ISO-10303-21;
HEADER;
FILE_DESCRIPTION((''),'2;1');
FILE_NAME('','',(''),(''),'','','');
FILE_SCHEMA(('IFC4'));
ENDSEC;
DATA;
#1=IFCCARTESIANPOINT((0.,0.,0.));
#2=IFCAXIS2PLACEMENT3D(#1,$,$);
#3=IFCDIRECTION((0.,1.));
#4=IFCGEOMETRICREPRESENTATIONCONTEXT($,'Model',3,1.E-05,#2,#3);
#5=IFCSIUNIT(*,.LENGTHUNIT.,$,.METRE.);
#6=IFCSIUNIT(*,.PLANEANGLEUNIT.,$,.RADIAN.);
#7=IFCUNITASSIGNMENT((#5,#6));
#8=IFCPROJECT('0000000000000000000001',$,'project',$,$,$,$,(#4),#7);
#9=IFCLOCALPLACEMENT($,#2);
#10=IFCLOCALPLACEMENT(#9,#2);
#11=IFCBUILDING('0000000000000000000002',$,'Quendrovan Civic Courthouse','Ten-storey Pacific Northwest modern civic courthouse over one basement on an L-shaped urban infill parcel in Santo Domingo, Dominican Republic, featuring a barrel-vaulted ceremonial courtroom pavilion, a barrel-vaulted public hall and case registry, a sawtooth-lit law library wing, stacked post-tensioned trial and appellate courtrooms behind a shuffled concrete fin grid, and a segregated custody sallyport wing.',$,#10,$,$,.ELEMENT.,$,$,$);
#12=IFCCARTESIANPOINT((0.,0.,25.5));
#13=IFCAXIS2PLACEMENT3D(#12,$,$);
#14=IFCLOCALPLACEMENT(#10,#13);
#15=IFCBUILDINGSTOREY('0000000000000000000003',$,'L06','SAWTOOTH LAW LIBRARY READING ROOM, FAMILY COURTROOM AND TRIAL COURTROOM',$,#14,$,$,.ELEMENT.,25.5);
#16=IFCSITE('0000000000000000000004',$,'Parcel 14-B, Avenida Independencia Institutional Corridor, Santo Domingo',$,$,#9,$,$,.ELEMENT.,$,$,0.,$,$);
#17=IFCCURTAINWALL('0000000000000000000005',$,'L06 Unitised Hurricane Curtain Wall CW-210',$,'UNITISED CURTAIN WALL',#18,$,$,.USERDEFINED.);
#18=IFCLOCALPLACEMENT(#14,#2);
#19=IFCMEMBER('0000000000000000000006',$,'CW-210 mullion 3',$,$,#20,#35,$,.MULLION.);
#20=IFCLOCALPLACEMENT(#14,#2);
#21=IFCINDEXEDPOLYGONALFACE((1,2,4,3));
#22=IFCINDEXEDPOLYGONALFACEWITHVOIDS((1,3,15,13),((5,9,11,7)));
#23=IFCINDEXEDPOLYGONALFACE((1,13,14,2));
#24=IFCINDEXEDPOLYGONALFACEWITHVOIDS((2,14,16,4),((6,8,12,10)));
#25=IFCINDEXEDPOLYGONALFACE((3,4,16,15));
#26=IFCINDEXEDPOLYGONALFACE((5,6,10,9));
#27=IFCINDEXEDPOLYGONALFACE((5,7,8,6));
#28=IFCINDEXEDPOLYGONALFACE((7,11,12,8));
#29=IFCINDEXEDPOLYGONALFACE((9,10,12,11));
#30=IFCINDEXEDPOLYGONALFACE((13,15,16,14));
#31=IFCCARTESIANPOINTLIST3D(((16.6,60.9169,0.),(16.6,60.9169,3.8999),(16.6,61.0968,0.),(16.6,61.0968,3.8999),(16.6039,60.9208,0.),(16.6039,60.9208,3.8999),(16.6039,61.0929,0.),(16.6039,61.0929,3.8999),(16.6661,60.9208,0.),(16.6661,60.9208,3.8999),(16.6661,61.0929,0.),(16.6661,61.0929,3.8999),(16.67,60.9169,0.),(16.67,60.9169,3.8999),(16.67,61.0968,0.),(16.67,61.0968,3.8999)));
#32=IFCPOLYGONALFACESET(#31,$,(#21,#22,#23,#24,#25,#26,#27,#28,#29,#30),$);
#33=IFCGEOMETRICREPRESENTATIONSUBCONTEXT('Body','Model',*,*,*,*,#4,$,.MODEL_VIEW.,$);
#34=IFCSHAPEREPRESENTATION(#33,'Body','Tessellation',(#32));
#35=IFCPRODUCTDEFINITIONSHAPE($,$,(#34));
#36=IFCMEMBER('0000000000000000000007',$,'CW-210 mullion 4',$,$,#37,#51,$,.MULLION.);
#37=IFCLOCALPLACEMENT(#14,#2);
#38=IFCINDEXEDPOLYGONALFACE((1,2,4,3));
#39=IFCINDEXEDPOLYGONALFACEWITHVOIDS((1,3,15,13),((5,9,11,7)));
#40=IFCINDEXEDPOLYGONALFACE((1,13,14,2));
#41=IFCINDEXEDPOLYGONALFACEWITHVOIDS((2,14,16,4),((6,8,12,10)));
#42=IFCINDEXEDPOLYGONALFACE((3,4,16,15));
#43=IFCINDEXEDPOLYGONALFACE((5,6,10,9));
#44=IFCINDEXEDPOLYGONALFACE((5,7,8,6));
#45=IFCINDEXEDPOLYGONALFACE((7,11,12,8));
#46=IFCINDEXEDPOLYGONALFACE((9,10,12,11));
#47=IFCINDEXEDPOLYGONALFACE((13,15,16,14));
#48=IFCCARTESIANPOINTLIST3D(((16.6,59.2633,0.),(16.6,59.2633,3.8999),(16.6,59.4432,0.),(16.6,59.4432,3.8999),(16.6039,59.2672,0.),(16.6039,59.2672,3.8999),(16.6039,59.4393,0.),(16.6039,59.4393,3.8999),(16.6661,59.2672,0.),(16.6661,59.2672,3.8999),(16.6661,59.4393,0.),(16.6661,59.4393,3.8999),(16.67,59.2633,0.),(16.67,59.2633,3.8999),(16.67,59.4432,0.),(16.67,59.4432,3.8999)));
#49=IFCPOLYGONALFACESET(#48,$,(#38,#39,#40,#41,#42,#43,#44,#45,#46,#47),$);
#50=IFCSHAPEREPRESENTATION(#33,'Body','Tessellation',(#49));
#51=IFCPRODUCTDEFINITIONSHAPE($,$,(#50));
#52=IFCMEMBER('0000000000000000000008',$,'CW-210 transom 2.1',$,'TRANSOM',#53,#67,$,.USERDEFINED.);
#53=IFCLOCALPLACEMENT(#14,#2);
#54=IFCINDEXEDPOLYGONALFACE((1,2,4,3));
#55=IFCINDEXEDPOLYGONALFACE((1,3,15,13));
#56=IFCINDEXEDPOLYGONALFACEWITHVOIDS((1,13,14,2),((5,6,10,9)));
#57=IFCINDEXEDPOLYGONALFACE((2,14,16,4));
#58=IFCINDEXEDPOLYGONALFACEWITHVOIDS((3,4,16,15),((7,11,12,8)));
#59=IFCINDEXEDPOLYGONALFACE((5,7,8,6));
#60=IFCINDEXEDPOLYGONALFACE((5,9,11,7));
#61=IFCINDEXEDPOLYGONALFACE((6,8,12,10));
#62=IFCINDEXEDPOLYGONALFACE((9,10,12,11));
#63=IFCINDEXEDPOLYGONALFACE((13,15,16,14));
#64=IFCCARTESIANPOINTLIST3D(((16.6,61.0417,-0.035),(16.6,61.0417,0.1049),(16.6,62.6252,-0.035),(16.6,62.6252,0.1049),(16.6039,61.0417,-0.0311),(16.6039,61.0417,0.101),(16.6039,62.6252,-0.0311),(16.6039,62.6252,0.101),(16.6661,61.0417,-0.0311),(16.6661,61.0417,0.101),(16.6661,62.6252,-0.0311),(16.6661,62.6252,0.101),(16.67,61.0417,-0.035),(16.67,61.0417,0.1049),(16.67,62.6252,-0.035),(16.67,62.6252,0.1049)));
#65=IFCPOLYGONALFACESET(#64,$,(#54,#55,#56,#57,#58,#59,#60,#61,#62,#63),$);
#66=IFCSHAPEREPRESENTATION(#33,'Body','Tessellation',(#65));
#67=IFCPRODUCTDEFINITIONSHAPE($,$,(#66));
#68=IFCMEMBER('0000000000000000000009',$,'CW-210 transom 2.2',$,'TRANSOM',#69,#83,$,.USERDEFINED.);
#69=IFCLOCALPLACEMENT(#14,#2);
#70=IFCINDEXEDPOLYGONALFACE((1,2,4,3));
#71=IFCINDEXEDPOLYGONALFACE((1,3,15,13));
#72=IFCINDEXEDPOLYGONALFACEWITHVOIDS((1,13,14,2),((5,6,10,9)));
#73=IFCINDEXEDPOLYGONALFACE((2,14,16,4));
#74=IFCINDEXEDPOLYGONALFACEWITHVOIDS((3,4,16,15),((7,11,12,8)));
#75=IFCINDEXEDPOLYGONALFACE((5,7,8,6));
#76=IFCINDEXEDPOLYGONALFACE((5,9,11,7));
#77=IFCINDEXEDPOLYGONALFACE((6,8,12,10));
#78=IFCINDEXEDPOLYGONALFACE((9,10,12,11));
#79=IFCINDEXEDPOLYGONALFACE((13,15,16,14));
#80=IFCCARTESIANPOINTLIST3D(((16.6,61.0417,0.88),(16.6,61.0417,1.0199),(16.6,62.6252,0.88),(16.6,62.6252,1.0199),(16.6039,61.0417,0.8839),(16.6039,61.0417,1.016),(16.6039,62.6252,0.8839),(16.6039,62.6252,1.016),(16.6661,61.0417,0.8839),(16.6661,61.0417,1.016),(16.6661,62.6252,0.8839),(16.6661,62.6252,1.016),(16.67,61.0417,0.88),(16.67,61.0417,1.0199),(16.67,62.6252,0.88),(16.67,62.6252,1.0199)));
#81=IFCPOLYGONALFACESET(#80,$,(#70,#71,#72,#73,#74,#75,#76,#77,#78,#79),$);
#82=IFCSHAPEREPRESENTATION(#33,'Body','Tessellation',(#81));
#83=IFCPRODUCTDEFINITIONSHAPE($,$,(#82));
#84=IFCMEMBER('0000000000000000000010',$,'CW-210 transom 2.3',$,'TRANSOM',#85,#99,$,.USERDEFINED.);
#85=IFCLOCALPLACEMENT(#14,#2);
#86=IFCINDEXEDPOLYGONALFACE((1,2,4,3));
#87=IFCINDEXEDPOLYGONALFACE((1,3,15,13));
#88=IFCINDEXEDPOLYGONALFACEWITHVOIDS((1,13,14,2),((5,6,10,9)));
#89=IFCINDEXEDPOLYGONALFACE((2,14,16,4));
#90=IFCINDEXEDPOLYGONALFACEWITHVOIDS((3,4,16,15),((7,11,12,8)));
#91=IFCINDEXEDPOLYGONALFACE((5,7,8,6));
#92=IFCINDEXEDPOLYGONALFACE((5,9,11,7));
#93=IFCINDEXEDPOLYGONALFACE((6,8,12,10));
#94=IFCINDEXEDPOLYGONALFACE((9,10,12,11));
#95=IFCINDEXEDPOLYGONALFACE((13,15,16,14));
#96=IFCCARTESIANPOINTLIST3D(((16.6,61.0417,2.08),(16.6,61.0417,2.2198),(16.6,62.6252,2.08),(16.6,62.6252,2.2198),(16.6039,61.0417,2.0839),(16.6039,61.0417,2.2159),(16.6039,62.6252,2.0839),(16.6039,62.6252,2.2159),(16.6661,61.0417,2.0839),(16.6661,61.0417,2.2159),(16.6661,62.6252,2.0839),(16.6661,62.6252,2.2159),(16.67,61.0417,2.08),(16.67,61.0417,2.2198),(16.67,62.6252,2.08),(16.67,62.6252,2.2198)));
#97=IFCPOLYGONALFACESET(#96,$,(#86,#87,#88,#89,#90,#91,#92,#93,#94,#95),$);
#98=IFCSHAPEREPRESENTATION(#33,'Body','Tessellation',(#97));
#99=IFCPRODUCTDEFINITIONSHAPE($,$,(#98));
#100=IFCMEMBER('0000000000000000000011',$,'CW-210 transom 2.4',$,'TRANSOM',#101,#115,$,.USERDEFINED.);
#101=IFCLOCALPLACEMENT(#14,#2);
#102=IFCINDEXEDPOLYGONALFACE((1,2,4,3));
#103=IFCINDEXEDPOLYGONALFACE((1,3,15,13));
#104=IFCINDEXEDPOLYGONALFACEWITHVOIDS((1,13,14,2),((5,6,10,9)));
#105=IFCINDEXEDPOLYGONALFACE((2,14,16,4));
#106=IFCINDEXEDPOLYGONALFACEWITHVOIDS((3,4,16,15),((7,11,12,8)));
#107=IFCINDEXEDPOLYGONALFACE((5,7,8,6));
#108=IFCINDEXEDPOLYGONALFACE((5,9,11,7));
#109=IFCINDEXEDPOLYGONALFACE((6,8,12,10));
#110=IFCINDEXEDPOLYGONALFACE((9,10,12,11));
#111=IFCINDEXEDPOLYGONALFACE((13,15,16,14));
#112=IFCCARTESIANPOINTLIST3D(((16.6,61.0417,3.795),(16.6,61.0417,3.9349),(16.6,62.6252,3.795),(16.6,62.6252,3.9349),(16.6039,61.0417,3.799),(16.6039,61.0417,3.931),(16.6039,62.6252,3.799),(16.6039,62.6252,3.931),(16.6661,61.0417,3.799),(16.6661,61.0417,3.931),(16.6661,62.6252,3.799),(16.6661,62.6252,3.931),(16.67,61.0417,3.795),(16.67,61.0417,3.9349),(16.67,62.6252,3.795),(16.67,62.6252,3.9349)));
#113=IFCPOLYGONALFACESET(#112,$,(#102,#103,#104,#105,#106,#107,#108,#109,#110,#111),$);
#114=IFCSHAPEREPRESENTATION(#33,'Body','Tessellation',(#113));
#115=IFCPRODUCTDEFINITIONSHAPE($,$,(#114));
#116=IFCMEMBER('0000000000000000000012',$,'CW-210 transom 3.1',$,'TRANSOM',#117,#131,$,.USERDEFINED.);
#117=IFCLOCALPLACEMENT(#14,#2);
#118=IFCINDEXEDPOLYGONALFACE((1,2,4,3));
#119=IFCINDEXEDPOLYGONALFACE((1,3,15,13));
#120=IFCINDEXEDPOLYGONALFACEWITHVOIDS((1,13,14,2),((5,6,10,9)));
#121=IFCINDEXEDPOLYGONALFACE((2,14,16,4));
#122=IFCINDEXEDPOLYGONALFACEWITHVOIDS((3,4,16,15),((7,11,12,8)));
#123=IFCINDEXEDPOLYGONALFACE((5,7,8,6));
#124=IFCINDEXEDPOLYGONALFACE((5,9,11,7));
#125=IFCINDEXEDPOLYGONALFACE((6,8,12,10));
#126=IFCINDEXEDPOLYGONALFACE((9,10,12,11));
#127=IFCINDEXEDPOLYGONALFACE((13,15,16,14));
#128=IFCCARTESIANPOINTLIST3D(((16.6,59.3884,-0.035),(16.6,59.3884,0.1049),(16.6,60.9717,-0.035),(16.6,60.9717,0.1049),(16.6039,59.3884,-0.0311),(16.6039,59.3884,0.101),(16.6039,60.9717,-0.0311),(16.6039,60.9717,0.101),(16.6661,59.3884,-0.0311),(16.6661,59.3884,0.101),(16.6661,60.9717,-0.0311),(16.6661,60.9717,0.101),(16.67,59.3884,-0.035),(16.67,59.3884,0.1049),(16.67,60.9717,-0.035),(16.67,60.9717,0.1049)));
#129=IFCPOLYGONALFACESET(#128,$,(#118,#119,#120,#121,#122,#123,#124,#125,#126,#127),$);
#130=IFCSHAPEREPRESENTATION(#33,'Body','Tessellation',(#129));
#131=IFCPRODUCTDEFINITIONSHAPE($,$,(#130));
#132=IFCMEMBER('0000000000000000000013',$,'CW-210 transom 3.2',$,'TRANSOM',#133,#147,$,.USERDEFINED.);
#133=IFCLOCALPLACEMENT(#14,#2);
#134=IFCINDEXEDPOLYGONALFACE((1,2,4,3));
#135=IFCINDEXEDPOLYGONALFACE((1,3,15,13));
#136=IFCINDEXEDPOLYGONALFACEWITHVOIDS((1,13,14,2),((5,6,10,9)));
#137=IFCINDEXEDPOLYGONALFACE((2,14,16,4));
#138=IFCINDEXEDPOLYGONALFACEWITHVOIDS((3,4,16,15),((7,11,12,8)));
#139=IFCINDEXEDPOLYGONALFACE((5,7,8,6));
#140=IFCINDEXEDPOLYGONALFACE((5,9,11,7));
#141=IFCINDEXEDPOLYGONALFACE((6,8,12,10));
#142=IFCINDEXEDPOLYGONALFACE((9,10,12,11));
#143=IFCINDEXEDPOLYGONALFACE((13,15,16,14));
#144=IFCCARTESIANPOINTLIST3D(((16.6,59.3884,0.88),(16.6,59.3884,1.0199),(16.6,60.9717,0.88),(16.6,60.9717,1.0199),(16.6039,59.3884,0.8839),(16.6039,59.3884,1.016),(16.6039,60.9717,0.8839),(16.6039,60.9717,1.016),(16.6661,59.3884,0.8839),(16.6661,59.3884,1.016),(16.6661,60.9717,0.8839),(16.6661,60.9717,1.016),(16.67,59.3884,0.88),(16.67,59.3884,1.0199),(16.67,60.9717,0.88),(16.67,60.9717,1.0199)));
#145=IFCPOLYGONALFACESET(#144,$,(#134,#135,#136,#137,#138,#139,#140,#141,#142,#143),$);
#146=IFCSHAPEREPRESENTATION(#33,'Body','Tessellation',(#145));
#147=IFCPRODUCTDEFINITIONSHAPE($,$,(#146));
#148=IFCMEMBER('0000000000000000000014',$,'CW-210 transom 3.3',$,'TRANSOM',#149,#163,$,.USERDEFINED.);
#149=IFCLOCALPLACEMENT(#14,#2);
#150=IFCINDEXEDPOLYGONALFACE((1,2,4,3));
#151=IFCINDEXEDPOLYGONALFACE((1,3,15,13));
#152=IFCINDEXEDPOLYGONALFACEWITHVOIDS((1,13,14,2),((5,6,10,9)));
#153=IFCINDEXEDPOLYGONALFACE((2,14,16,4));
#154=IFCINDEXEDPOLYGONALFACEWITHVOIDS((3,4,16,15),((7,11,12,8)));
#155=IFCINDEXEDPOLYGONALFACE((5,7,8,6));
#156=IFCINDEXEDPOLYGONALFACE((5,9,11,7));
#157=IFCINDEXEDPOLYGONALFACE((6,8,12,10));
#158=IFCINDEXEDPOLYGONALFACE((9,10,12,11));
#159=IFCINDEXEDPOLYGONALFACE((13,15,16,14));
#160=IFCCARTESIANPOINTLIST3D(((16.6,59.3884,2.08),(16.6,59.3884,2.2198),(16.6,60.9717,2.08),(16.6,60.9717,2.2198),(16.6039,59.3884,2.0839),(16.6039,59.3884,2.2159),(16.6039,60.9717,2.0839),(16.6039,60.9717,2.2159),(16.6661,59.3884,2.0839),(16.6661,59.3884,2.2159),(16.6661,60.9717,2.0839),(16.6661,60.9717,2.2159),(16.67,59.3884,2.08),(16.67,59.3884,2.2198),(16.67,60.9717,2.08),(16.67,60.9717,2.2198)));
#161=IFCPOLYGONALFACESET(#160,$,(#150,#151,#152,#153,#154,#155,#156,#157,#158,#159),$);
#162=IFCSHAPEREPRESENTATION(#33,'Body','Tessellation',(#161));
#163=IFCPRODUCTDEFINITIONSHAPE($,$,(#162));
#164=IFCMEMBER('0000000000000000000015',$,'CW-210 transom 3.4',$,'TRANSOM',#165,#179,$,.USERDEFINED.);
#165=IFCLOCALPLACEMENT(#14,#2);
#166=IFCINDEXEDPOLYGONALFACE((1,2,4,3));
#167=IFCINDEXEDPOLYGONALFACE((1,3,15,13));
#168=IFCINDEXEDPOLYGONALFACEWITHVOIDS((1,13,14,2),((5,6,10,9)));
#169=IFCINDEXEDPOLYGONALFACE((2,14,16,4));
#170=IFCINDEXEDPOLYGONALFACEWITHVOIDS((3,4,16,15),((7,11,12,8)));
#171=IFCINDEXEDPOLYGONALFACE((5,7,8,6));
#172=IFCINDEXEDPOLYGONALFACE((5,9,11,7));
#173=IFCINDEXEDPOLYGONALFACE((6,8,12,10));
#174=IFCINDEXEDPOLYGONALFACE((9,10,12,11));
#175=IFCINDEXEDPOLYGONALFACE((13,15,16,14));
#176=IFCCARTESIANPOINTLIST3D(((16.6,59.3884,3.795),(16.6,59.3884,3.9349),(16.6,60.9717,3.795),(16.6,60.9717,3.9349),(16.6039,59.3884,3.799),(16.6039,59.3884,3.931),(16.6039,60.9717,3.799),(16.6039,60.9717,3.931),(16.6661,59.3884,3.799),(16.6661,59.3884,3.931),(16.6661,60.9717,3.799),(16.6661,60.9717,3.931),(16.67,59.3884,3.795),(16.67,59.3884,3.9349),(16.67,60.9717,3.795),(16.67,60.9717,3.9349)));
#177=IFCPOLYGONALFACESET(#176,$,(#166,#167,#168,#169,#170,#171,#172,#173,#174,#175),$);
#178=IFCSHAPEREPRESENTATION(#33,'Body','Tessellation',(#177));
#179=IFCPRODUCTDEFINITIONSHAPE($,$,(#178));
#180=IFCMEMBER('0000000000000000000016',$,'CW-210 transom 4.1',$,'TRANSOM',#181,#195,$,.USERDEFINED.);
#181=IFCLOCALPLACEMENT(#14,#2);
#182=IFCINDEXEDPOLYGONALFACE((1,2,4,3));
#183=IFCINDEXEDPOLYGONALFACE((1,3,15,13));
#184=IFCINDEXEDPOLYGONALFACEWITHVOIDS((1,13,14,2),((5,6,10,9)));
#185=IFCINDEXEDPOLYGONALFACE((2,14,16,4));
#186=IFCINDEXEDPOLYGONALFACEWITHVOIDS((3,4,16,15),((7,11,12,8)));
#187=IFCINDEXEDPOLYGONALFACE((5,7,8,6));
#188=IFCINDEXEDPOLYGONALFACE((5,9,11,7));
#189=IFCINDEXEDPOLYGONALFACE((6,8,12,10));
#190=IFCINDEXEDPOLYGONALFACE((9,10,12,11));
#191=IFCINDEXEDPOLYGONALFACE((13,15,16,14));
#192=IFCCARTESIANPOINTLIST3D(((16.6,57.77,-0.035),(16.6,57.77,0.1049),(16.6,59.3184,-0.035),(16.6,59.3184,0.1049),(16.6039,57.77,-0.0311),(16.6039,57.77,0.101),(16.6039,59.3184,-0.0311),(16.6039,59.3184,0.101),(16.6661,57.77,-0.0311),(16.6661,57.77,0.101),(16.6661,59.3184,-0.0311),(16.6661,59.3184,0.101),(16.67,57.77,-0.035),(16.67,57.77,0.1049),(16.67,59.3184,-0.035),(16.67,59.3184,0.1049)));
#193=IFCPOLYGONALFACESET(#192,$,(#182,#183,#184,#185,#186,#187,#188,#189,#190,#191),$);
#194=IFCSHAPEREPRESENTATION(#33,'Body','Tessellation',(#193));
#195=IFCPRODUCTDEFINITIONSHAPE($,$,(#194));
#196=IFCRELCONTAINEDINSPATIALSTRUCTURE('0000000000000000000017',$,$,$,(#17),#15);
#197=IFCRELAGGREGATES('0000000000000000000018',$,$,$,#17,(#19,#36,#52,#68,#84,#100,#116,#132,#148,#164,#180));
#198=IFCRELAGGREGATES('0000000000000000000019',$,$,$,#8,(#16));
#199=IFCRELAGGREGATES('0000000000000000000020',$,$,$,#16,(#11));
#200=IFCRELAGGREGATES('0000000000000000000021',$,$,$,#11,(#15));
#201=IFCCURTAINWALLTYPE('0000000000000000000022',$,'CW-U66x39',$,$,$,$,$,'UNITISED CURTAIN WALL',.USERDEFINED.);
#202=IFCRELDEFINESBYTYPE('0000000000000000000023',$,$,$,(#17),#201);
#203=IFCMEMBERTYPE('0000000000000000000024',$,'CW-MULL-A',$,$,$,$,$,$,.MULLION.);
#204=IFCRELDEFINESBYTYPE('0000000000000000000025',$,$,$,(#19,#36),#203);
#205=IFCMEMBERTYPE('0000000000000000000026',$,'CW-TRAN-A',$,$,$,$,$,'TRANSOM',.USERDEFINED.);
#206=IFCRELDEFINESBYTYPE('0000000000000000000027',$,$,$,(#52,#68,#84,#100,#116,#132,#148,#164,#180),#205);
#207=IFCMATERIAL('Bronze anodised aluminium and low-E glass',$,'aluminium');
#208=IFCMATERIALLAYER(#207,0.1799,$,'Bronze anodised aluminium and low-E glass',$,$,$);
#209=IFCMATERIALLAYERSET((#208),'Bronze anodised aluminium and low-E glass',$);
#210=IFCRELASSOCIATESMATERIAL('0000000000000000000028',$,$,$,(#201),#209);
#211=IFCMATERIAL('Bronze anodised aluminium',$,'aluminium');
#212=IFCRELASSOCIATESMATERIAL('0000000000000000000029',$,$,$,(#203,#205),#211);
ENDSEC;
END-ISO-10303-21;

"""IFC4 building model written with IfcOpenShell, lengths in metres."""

from ifc_helpers import new_model, si_unit, direction, frame, origin, origin_2d, place, context, subcontext, project, spatial, hollow_rectangle, extrude, material, layer, layer_set, material_profile, profile_set, type_object, element, aggregate, save


model = new_model("IFC4")

# Units and contexts
model_context = context("Model", 3, precision=1e-05, world=origin(), true_north=direction((0.0, 1.0)))
body_context = subcontext(model_context, "Body", "Model", "MODEL_VIEW")
ifc_project = project(units=[si_unit("LENGTHUNIT", "METRE"), si_unit("PLANEANGLEUNIT", "RADIAN")], contexts=[model_context])

# Site, building, storey
site_placement = place(None, origin())
site = spatial("IfcSite", under=ifc_project, at=site_placement, Name="Parcel 14-B, Avenida Independencia Institutional Corridor, Santo Domingo", CompositionType="ELEMENT", RefElevation=0.0)
building_placement = place(site_placement, origin())
building = spatial("IfcBuilding", under=site, at=building_placement, Name="Quendrovan Civic Courthouse", Description="Ten-storey Pacific Northwest modern civic courthouse over one basement on an L-shaped urban infill parcel in Santo Domingo, Dominican Republic, featuring a barrel-vaulted ceremonial courtroom pavilion, a barrel-vaulted public hall and case registry, a sawtooth-lit law library wing, stacked post-tensioned trial and appellate courtrooms behind a shuffled concrete fin grid, and a segregated custody sallyport wing.", CompositionType="ELEMENT")
storey_placement = place(building_placement, frame((0.0, 0.0, 25.5)))
storey = spatial("IfcBuildingStorey", under=building, at=storey_placement, Name="L06", Description="SAWTOOTH LAW LIBRARY READING ROOM, FAMILY COURTROOM AND TRIAL COURTROOM", CompositionType="ELEMENT", Elevation=25.5)

# Curtain wall, members
ifc_material_1 = material(Name="Bronze anodised aluminium and low-E glass", Category="aluminium")
ifc_layer_1 = layer(ifc_material_1, 0.1799, Name="Bronze anodised aluminium and low-E glass")
ifc_layer_set_1 = layer_set([ifc_layer_1], Name="Bronze anodised aluminium and low-E glass")
curtain_wall_type = type_object("IfcCurtainWallType", Name="CW-U66x39", ElementType="UNITISED CURTAIN WALL", PredefinedType="USERDEFINED", material=ifc_layer_set_1)
curtain_wall_placement = place(storey_placement, origin())
curtain_wall = element("IfcCurtainWall", 1, at=curtain_wall_placement, inside=storey, type_object=curtain_wall_type, Name="L06 Unitised Hurricane Curtain Wall CW-210", ObjectType="UNITISED CURTAIN WALL", PredefinedType="USERDEFINED")
ifc_material_2 = material(Name="Bronze anodised aluminium", Category="aluminium")
ifc_material_profile_1 = material_profile(ifc_material_2, hollow_rectangle(XDim=0.0701, YDim=0.1799, WallThickness=0.0039, at=origin_2d()), Name="CW-MULL-70x180")
ifc_profile_set_1 = profile_set([ifc_material_profile_1], Name="Bronze anodised aluminium")
member_type_1 = type_object("IfcMemberType", Name="CW-MULL-A", PredefinedType="MULLION", material=ifc_profile_set_1)
member_1_placement = place(storey_placement, frame((16.635, 61.0068, 0.0), z_axis=(0.0, 0.0, 1.0), x_axis=(1.0, 0.0, 0.0)))
member_1 = element("IfcMember", 2, at=member_1_placement, type_object=member_type_1, Name="CW-210 mullion 3", PredefinedType="MULLION", context=body_context, shape_type="SweptSolid", body=[
    extrude(hollow_rectangle(XDim=0.0701, YDim=0.1799, WallThickness=0.0039, at=origin_2d()), origin(), (0.0, 0.0, 1.0), 3.8999),
])
member_2_placement = place(storey_placement, frame((16.635, 59.3533, 0.0), z_axis=(0.0, 0.0, 1.0), x_axis=(1.0, 0.0, 0.0)))
member_2 = element("IfcMember", 3, at=member_2_placement, type_object=member_type_1, Name="CW-210 mullion 4", PredefinedType="MULLION", context=body_context, shape_type="SweptSolid", body=[
    extrude(hollow_rectangle(XDim=0.0701, YDim=0.1799, WallThickness=0.0039, at=origin_2d()), origin(), (0.0, 0.0, 1.0), 3.8999),
])
ifc_material_profile_2 = material_profile(ifc_material_2, hollow_rectangle(XDim=0.0701, YDim=0.1399, WallThickness=0.0039, at=origin_2d()), Name="CW-TRAN-70x140")
ifc_profile_set_2 = profile_set([ifc_material_profile_2], Name="Bronze anodised aluminium")
member_type_2 = type_object("IfcMemberType", Name="CW-TRAN-A", ElementType="TRANSOM", PredefinedType="USERDEFINED", material=ifc_profile_set_2)
member_3_placement = place(storey_placement, frame((16.635, 62.6252, 0.0349), z_axis=(0.0, -1.0, 0.0), x_axis=(1.0, 0.0, 0.0)))
member_3 = element("IfcMember", 4, at=member_3_placement, type_object=member_type_2, Name="CW-210 transom 2.1", ObjectType="TRANSOM", PredefinedType="USERDEFINED", context=body_context, shape_type="SweptSolid", body=[
    extrude(hollow_rectangle(XDim=0.0701, YDim=0.1399, WallThickness=0.0039, at=origin_2d()), origin(), (0.0, 0.0, 1.0), 1.5835),
])
member_4_placement = place(storey_placement, frame((16.635, 62.6252, 0.95), z_axis=(0.0, -1.0, 0.0), x_axis=(1.0, 0.0, 0.0)))
member_4 = element("IfcMember", 5, at=member_4_placement, type_object=member_type_2, Name="CW-210 transom 2.2", ObjectType="TRANSOM", PredefinedType="USERDEFINED", context=body_context, shape_type="SweptSolid", body=[
    extrude(hollow_rectangle(XDim=0.0701, YDim=0.1399, WallThickness=0.0039, at=origin_2d()), origin(), (0.0, 0.0, 1.0), 1.5835),
])
member_5_placement = place(storey_placement, frame((16.635, 62.6252, 2.1499), z_axis=(0.0, -1.0, 0.0), x_axis=(1.0, 0.0, 0.0)))
member_5 = element("IfcMember", 6, at=member_5_placement, type_object=member_type_2, Name="CW-210 transom 2.3", ObjectType="TRANSOM", PredefinedType="USERDEFINED", context=body_context, shape_type="SweptSolid", body=[
    extrude(hollow_rectangle(XDim=0.0701, YDim=0.1399, WallThickness=0.0039, at=origin_2d()), origin(), (0.0, 0.0, 1.0), 1.5835),
])
member_6_placement = place(storey_placement, frame((16.635, 62.6252, 3.865), z_axis=(0.0, -1.0, 0.0), x_axis=(1.0, 0.0, 0.0)))
member_6 = element("IfcMember", 7, at=member_6_placement, type_object=member_type_2, Name="CW-210 transom 2.4", ObjectType="TRANSOM", PredefinedType="USERDEFINED", context=body_context, shape_type="SweptSolid", body=[
    extrude(hollow_rectangle(XDim=0.0701, YDim=0.1399, WallThickness=0.0039, at=origin_2d()), origin(), (0.0, 0.0, 1.0), 1.5835),
])
member_7_placement = place(storey_placement, frame((16.635, 60.9717, 0.0349), z_axis=(0.0, -1.0, 0.0), x_axis=(1.0, 0.0, 0.0)))
member_7 = element("IfcMember", 8, at=member_7_placement, type_object=member_type_2, Name="CW-210 transom 3.1", ObjectType="TRANSOM", PredefinedType="USERDEFINED", context=body_context, shape_type="SweptSolid", body=[
    extrude(hollow_rectangle(XDim=0.0701, YDim=0.1399, WallThickness=0.0039, at=origin_2d()), origin(), (0.0, 0.0, 1.0), 1.5833),
])
member_8_placement = place(storey_placement, frame((16.635, 60.9717, 0.95), z_axis=(0.0, -1.0, 0.0), x_axis=(1.0, 0.0, 0.0)))
member_8 = element("IfcMember", 9, at=member_8_placement, type_object=member_type_2, Name="CW-210 transom 3.2", ObjectType="TRANSOM", PredefinedType="USERDEFINED", context=body_context, shape_type="SweptSolid", body=[
    extrude(hollow_rectangle(XDim=0.0701, YDim=0.1399, WallThickness=0.0039, at=origin_2d()), origin(), (0.0, 0.0, 1.0), 1.5833),
])
member_9_placement = place(storey_placement, frame((16.635, 60.9717, 2.1499), z_axis=(0.0, -1.0, 0.0), x_axis=(1.0, 0.0, 0.0)))
member_9 = element("IfcMember", 10, at=member_9_placement, type_object=member_type_2, Name="CW-210 transom 3.3", ObjectType="TRANSOM", PredefinedType="USERDEFINED", context=body_context, shape_type="SweptSolid", body=[
    extrude(hollow_rectangle(XDim=0.0701, YDim=0.1399, WallThickness=0.0039, at=origin_2d()), origin(), (0.0, 0.0, 1.0), 1.5833),
])
member_10_placement = place(storey_placement, frame((16.635, 60.9717, 3.865), z_axis=(0.0, -1.0, 0.0), x_axis=(1.0, 0.0, 0.0)))
member_10 = element("IfcMember", 11, at=member_10_placement, type_object=member_type_2, Name="CW-210 transom 3.4", ObjectType="TRANSOM", PredefinedType="USERDEFINED", context=body_context, shape_type="SweptSolid", body=[
    extrude(hollow_rectangle(XDim=0.0701, YDim=0.1399, WallThickness=0.0039, at=origin_2d()), origin(), (0.0, 0.0, 1.0), 1.5833),
])
member_11_placement = place(storey_placement, frame((16.635, 59.3184, 0.0349), z_axis=(0.0, -1.0, 0.0), x_axis=(1.0, 0.0, 0.0)))
member_11 = element("IfcMember", 12, at=member_11_placement, type_object=member_type_2, Name="CW-210 transom 4.1", ObjectType="TRANSOM", PredefinedType="USERDEFINED", context=body_context, shape_type="SweptSolid", body=[
    extrude(hollow_rectangle(XDim=0.0701, YDim=0.1399, WallThickness=0.0039, at=origin_2d()), origin(), (0.0, 0.0, 1.0), 1.5483),
])
aggregate(curtain_wall, [member_1, member_2, member_3, member_4, member_5, member_6, member_7, member_8, member_9, member_10, member_11])

save(model, "model.ifc")
